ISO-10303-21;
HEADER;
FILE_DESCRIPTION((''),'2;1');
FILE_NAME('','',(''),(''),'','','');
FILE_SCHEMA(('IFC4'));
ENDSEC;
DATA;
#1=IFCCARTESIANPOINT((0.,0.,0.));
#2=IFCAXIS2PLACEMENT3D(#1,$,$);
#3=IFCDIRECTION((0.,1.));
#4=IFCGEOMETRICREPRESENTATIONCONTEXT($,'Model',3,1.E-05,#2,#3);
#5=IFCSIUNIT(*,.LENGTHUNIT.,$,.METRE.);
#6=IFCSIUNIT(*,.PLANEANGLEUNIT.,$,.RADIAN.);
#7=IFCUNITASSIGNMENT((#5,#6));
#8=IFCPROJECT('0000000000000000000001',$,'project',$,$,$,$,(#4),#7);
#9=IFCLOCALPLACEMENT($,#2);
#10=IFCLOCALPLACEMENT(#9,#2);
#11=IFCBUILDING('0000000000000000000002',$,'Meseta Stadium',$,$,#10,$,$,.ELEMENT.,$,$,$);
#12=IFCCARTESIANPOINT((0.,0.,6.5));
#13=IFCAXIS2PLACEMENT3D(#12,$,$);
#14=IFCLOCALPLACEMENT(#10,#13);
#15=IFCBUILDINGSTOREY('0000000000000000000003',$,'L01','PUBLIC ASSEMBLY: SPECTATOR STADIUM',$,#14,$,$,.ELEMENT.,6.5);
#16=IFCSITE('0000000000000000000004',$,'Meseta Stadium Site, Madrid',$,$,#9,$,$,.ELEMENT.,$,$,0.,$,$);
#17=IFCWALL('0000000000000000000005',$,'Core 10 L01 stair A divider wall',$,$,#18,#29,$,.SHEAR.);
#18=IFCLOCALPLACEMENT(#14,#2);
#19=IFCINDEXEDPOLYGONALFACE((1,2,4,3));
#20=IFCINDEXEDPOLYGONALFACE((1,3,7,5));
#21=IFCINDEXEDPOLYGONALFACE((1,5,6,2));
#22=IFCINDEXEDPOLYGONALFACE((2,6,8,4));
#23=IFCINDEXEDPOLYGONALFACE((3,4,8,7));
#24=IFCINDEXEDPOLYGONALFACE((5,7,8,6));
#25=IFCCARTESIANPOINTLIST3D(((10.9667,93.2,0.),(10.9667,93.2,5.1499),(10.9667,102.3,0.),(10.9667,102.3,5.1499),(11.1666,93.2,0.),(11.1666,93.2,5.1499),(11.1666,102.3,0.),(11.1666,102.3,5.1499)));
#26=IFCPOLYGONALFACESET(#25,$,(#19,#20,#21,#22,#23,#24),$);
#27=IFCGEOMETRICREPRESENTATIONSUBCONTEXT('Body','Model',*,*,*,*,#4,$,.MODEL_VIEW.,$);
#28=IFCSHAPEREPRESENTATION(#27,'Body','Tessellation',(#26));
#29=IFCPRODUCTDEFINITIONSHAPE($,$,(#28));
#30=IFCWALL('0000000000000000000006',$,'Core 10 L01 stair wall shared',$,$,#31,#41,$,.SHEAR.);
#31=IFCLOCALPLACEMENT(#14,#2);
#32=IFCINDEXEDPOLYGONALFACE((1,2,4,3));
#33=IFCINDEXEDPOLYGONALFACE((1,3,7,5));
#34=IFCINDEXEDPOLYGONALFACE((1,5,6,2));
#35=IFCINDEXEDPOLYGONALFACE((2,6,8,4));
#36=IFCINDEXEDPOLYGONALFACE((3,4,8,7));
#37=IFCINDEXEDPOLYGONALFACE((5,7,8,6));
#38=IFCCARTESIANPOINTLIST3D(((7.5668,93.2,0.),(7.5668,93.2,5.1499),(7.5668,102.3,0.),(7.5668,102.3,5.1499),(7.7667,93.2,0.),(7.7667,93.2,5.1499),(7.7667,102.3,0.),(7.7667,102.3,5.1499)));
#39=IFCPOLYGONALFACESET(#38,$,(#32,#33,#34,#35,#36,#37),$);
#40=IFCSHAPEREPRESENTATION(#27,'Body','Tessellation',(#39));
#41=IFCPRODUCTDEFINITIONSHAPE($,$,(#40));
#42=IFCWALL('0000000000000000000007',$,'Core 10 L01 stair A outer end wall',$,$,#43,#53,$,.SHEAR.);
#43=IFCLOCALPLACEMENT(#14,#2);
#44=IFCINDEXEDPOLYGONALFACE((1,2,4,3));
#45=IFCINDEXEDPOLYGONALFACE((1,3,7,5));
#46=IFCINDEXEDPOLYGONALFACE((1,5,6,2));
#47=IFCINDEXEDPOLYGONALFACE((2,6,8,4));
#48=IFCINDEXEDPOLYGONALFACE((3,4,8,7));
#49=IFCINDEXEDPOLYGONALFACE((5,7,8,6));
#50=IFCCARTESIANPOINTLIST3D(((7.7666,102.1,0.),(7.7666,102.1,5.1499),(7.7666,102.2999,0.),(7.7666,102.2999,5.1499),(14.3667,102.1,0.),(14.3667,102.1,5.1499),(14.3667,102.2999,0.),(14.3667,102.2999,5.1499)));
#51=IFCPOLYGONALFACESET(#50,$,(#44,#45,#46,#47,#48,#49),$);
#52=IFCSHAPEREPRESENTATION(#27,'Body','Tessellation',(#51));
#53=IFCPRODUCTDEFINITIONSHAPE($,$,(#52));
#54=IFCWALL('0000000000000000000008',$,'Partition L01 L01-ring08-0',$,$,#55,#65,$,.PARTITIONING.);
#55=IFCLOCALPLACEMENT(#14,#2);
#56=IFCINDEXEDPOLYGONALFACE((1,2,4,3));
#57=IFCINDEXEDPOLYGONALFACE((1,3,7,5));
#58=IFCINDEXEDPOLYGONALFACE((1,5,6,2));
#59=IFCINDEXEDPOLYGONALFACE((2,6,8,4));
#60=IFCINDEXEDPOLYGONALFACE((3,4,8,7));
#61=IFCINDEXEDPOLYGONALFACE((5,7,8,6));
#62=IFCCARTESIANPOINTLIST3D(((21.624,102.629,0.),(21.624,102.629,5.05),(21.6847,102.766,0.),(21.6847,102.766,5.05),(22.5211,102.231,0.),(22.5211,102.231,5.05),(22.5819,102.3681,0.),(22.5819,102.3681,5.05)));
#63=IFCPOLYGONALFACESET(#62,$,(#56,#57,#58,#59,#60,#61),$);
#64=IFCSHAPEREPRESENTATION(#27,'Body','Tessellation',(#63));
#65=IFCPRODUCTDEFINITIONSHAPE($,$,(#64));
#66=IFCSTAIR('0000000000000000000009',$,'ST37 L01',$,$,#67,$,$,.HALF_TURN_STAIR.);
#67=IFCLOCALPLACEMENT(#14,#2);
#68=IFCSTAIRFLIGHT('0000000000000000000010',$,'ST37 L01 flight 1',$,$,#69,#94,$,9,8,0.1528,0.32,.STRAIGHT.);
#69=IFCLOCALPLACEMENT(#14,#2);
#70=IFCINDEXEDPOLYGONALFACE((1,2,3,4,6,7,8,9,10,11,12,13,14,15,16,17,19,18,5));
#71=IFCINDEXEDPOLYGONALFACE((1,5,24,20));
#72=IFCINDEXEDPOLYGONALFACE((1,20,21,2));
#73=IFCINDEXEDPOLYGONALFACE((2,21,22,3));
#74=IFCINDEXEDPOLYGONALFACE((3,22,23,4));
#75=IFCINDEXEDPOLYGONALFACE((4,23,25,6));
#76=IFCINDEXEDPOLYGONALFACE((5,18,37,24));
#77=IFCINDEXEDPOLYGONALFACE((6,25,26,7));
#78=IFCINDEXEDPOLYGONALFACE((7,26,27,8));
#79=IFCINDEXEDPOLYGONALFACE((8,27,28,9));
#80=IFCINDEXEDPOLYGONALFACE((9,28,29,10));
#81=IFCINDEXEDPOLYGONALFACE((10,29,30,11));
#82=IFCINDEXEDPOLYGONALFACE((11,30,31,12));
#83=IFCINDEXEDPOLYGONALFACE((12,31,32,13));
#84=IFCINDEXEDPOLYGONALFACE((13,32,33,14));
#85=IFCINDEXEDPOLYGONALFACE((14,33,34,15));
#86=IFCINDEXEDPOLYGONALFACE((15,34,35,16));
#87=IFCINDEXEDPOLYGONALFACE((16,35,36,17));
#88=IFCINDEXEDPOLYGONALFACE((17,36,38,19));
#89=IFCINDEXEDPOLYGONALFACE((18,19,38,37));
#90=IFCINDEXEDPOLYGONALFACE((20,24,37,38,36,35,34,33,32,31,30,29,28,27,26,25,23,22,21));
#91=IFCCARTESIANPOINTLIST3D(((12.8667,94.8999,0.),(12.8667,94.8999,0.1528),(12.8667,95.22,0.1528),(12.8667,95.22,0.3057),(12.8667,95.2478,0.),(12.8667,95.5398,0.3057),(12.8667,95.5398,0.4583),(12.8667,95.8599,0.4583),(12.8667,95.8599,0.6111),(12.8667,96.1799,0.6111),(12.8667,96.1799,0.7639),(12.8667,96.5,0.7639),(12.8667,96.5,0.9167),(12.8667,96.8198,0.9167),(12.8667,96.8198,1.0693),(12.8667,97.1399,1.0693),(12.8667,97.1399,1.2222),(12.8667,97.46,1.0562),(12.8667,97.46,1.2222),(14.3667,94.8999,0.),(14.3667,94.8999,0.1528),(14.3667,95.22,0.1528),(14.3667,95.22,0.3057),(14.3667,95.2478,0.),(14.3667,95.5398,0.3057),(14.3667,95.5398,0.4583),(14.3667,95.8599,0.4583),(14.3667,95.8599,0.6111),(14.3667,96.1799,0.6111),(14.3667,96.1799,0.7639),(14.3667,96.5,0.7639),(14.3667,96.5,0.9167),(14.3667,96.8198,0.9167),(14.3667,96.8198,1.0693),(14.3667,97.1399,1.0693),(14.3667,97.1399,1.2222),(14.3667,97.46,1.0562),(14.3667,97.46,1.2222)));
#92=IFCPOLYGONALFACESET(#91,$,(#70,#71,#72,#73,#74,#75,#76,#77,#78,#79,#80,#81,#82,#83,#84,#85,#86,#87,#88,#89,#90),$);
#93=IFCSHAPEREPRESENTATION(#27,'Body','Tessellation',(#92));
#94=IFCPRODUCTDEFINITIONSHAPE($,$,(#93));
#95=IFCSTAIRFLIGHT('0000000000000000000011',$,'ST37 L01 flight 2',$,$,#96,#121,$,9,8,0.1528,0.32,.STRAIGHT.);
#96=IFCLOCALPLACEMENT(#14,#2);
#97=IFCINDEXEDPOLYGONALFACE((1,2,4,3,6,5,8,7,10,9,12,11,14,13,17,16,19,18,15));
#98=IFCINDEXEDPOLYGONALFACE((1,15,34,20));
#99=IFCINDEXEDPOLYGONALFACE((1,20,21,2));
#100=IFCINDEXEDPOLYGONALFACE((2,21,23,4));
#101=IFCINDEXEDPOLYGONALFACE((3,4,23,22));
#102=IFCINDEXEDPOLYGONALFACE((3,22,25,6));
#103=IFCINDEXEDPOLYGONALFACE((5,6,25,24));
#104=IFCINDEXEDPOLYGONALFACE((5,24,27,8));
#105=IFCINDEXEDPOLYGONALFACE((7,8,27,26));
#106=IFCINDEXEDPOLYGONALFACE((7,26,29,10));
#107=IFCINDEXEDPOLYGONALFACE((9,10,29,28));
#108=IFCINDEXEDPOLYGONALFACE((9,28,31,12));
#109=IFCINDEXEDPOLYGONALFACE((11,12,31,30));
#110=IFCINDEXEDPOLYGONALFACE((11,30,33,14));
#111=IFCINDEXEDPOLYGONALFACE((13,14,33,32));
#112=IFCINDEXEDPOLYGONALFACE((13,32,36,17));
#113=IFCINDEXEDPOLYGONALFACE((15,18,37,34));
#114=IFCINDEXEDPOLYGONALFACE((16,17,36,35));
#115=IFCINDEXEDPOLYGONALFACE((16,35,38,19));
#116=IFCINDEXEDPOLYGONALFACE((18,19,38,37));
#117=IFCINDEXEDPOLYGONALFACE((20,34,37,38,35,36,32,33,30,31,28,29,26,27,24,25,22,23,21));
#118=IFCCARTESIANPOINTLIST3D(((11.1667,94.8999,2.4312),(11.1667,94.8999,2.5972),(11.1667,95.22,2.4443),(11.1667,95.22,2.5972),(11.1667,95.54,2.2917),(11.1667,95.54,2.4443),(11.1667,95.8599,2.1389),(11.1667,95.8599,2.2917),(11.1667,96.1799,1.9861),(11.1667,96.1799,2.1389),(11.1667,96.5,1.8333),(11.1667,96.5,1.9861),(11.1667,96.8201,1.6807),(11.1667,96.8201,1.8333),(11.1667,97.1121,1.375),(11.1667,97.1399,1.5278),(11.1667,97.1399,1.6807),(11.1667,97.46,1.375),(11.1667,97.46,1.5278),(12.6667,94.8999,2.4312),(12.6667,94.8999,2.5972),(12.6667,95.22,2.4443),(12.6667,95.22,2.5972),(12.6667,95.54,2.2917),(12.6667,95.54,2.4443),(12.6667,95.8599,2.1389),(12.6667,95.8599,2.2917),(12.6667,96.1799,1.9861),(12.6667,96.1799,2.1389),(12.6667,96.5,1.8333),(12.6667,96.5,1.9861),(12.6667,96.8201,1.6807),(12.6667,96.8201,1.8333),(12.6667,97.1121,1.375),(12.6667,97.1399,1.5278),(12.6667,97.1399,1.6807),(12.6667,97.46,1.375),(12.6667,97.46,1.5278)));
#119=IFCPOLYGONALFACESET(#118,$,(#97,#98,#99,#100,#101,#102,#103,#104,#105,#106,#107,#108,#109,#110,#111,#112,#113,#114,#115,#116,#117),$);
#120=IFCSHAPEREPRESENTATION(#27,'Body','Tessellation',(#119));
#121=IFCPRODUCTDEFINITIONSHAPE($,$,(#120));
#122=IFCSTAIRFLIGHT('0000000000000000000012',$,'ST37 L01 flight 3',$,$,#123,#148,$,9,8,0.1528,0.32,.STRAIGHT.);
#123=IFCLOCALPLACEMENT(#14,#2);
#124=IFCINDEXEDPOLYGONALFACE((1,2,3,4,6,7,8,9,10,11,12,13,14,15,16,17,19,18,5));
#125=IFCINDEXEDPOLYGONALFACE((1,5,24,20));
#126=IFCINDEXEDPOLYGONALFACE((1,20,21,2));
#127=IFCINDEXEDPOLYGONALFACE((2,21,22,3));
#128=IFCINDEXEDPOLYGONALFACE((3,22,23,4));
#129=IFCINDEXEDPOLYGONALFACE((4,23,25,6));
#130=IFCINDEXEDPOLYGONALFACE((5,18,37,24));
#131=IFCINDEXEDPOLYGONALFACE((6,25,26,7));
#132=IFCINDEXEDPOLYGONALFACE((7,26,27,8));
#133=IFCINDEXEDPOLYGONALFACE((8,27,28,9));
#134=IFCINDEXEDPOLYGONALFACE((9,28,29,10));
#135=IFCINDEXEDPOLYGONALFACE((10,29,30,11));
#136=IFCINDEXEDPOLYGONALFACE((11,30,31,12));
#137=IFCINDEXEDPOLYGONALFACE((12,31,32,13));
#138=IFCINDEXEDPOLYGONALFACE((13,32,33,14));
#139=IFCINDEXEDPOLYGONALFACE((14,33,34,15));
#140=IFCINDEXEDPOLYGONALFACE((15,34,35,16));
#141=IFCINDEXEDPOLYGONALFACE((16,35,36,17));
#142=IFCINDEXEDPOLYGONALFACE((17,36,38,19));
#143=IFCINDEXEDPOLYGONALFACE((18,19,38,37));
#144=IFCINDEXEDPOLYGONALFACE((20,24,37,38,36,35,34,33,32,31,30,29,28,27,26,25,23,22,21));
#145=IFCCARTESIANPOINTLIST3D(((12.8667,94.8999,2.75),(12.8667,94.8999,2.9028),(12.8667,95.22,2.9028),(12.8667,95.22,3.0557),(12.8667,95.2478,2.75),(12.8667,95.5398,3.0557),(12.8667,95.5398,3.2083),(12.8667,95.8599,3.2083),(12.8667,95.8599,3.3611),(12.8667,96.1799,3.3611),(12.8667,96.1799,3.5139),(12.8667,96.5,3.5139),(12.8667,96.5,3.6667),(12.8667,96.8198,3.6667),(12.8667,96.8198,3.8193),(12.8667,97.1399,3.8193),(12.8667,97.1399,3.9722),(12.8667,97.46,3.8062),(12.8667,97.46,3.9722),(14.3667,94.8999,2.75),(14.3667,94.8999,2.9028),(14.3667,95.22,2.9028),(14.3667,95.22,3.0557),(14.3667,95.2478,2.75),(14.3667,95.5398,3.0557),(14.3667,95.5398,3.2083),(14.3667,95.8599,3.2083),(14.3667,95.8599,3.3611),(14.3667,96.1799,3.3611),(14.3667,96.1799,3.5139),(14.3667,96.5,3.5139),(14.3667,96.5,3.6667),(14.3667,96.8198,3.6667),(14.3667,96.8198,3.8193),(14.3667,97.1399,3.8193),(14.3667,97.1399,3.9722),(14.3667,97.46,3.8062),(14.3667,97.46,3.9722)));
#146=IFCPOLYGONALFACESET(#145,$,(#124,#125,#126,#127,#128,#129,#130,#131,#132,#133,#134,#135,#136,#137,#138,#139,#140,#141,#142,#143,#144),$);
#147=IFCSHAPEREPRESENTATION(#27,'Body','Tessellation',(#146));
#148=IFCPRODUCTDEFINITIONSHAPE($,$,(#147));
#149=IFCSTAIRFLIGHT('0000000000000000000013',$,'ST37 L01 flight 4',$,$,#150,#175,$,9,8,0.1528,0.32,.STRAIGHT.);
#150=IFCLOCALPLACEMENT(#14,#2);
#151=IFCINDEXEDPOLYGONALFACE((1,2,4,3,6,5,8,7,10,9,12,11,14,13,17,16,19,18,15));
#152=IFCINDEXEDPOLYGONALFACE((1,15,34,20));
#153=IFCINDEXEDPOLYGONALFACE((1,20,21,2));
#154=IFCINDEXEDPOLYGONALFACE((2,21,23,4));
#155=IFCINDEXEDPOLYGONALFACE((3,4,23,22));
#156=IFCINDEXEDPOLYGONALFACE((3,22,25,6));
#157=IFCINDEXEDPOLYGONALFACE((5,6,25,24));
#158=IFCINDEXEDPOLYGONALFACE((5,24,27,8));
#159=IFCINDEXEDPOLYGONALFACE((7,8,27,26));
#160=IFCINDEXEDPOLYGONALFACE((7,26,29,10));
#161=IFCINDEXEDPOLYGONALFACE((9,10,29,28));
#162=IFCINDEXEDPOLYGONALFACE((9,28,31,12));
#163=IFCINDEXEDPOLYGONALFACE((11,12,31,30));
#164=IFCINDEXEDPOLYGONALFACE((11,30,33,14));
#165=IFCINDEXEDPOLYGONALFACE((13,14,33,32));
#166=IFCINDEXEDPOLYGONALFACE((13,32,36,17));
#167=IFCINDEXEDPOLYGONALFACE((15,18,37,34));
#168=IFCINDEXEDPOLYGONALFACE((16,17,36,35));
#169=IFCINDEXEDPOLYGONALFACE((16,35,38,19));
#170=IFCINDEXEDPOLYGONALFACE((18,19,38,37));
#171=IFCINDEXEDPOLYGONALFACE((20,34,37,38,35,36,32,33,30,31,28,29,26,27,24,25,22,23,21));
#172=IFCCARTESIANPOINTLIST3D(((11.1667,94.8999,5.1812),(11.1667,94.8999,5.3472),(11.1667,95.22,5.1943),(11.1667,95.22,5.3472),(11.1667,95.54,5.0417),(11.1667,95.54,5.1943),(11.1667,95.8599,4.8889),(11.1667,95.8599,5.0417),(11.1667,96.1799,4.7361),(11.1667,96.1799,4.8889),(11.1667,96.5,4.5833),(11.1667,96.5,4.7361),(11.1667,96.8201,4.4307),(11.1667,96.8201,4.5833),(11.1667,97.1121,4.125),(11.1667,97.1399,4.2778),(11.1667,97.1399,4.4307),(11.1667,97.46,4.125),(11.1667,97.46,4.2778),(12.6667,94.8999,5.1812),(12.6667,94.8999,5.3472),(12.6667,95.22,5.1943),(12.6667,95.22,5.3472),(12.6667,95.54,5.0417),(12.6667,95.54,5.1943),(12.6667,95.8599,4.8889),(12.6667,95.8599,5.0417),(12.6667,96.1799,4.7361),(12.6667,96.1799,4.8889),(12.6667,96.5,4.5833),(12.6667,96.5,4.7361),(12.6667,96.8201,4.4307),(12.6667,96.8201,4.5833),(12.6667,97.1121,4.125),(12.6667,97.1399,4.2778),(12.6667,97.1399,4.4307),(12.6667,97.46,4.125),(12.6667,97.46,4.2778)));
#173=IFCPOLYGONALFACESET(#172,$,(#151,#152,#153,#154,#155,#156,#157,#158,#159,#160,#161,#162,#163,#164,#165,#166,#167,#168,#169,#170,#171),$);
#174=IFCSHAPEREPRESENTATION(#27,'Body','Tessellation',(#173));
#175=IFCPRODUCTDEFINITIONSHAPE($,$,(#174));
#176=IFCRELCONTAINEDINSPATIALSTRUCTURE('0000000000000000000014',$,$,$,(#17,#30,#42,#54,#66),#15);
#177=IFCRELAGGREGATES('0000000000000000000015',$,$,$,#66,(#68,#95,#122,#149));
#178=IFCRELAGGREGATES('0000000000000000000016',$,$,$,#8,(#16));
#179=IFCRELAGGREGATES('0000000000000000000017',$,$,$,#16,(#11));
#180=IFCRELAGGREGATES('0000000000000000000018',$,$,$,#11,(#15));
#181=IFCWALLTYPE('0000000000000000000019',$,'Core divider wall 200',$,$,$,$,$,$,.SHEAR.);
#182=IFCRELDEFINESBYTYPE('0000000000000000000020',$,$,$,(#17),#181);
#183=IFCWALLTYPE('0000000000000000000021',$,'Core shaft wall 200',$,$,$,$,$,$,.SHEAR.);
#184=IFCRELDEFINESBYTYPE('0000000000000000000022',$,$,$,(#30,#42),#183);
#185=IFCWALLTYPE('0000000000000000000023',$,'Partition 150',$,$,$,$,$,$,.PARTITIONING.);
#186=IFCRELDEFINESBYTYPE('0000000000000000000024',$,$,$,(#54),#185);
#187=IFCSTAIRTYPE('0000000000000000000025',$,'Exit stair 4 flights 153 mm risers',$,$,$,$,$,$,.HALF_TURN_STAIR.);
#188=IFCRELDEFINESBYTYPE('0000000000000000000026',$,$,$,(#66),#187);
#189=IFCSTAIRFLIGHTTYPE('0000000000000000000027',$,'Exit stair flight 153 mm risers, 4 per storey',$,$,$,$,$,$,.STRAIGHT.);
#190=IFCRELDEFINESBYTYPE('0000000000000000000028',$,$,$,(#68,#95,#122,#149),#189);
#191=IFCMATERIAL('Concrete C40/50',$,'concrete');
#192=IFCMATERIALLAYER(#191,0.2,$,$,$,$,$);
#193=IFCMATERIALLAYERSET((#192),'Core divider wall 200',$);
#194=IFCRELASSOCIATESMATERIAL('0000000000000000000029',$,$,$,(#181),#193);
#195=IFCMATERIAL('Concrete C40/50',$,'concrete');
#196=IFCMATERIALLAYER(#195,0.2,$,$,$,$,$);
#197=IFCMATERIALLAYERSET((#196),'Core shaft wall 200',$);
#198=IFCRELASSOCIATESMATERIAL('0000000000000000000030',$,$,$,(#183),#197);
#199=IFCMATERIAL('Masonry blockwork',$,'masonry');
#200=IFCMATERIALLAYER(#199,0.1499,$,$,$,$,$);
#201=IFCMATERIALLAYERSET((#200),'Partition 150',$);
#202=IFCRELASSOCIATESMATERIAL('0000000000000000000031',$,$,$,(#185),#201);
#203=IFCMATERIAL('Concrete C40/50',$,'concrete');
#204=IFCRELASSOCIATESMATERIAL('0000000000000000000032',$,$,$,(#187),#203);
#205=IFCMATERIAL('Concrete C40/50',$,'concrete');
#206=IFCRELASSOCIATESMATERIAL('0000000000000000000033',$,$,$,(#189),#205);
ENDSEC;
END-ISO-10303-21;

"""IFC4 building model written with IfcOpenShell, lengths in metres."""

from ifc_helpers import new_model, si_unit, direction, frame, frame_2d, origin, place, context, subcontext, project, spatial, polyline, rectangle, outline, extrude, material, layer, layer_set, type_object, element, aggregate, save


model = new_model("IFC4")

# Units and contexts
model_context = context("Model", 3, precision=1e-05, world=origin(), true_north=direction((0.0, 1.0)))
body_context = subcontext(model_context, "Body", "Model", "MODEL_VIEW")
ifc_project = project(units=[si_unit("LENGTHUNIT", "METRE"), si_unit("PLANEANGLEUNIT", "RADIAN")], contexts=[model_context])

# Site, building, storey
site_placement = place(None, origin())
site = spatial("IfcSite", under=ifc_project, at=site_placement, Name="Meseta Stadium Site, Madrid", CompositionType="ELEMENT", RefElevation=0.0)
building_placement = place(site_placement, origin())
building = spatial("IfcBuilding", under=site, at=building_placement, Name="Meseta Stadium", CompositionType="ELEMENT")
storey_placement = place(building_placement, frame((0.0, 0.0, 6.5)))
storey = spatial("IfcBuildingStorey", under=building, at=storey_placement, Name="L01", Description="PUBLIC ASSEMBLY: SPECTATOR STADIUM", CompositionType="ELEMENT", Elevation=6.5)

# Walls
ifc_material_1 = material(Name="Concrete C40/50", Category="concrete")
ifc_layer_1 = layer(ifc_material_1, 0.2)
ifc_layer_set_1 = layer_set([ifc_layer_1], Name="Core divider wall 200")
wall_type_1 = type_object("IfcWallType", Name="Core divider wall 200", PredefinedType="SHEAR", material=ifc_layer_set_1)
wall_1_placement = place(storey_placement, frame((11.0667, 102.3, 0.0), z_axis=(0.0, 0.0, 1.0), x_axis=(0.0, -1.0, 0.0)))
element("IfcWall", 1, at=wall_1_placement, inside=storey, type_object=wall_type_1, Name="Core 10 L01 stair A divider wall", PredefinedType="SHEAR", context=body_context, shape_type="SweptSolid", body=[
    extrude(rectangle(XDim=9.1001, YDim=0.2, at=frame_2d((4.55, 0.0))), origin(), (0.0, 0.0, 1.0), 5.1499),
])
ifc_material_2 = material(Name="Concrete C40/50", Category="concrete")
ifc_layer_2 = layer(ifc_material_2, 0.2)
ifc_layer_set_2 = layer_set([ifc_layer_2], Name="Core shaft wall 200")
wall_type_2 = type_object("IfcWallType", Name="Core shaft wall 200", PredefinedType="SHEAR", material=ifc_layer_set_2)
wall_2_placement = place(storey_placement, frame((7.6667, 102.3, 0.0), z_axis=(0.0, 0.0, 1.0), x_axis=(0.0, -1.0, 0.0)))
element("IfcWall", 2, at=wall_2_placement, inside=storey, type_object=wall_type_2, Name="Core 10 L01 stair wall shared", PredefinedType="SHEAR", context=body_context, shape_type="SweptSolid", body=[
    extrude(rectangle(XDim=9.1001, YDim=0.2, at=frame_2d((4.55, 0.0))), origin(), (0.0, 0.0, 1.0), 5.1499),
])
wall_3_placement = place(storey_placement, frame((14.3667, 102.2, 0.0), z_axis=(0.0, 0.0, 1.0), x_axis=(-1.0, 0.0, 0.0)))
element("IfcWall", 3, at=wall_3_placement, inside=storey, type_object=wall_type_2, Name="Core 10 L01 stair A outer end wall", PredefinedType="SHEAR", context=body_context, shape_type="SweptSolid", body=[
    extrude(rectangle(XDim=6.6001, YDim=0.2, at=frame_2d((3.3, 0.0))), origin(), (0.0, 0.0, 1.0), 5.1499),
])
ifc_material_3 = material(Name="Masonry blockwork", Category="masonry")
ifc_layer_3 = layer(ifc_material_3, 0.1499)
ifc_layer_set_3 = layer_set([ifc_layer_3], Name="Partition 150")
wall_type_3 = type_object("IfcWallType", Name="Partition 150", PredefinedType="PARTITIONING", material=ifc_layer_set_3)
wall_4_placement = place(storey_placement, frame((22.5515, 102.2996, 0.0), z_axis=(0.0, 0.0, 1.0), x_axis=(-0.914119, 0.405446, 0.0)))
element("IfcWall", 4, at=wall_4_placement, inside=storey, type_object=wall_type_3, Name="Partition L01 L01-ring08-0", PredefinedType="PARTITIONING", context=body_context, shape_type="SweptSolid", body=[
    extrude(rectangle(XDim=0.9814, YDim=0.1499, at=frame_2d((0.4907, 0.0))), origin(), (0.0, 0.0, 1.0), 5.05),
])

# Stair, stair flights
ifc_material_4 = material(Name="Concrete C40/50", Category="concrete")
stair_type = type_object("IfcStairType", Name="Exit stair 4 flights 153 mm risers", PredefinedType="HALF_TURN_STAIR", material=ifc_material_4)
stair_1_placement = place(storey_placement, origin())
stair_1 = element("IfcStair", 5, at=stair_1_placement, inside=storey, type_object=stair_type, Name="ST37 L01", PredefinedType="HALF_TURN_STAIR")
ifc_material_5 = material(Name="Concrete C40/50", Category="concrete")
stair_flight_type = type_object("IfcStairFlightType", Name="Exit stair flight 153 mm risers, 4 per storey", PredefinedType="STRAIGHT", material=ifc_material_5)
stair_flight_1_placement = place(storey_placement, frame((13.6167, 94.8999, 0.0), z_axis=(0.0, 0.0, 1.0), x_axis=(0.0, 1.0, 0.0)))
stair_flight_1 = element("IfcStairFlight", 6, at=stair_flight_1_placement, type_object=stair_flight_type, Name="ST37 L01 flight 1", NumberOfRisers=9, NumberOfTreads=8, PredefinedType="STRAIGHT", RiserHeight=0.1528, TreadLength=0.32, context=body_context, shape_type="SweptSolid", body=[
    extrude(outline(polyline([(0.0, 0.0), (0.0, 0.1528), (0.3201, 0.1528), (0.3201, 0.3057), (0.6399, 0.3057), (0.6399, 0.4583), (0.96, 0.4583), (0.96, 0.6111), (1.28, 0.6111), (1.28, 0.7639), (1.6001, 0.7639), (1.6001, 0.9167), (1.9199, 0.9167), (1.9199, 1.0693), (2.24, 1.0693), (2.24, 1.2222), (2.5601, 1.2222), (2.5601, 1.0562), (0.3479, 0.0), (0.0, 0.0)])), frame((0.0, 0.75, 0.0), z_axis=(0.0, -1.0, 0.0), x_axis=(1.0, 0.0, 0.0)), (0.0, 0.0, 1.0), 1.5),
])
stair_flight_2_placement = place(storey_placement, frame((11.9167, 97.46, 1.375), z_axis=(0.0, 0.0, 1.0), x_axis=(0.0, -1.0, 0.0)))
stair_flight_2 = element("IfcStairFlight", 7, at=stair_flight_2_placement, type_object=stair_flight_type, Name="ST37 L01 flight 2", NumberOfRisers=9, NumberOfTreads=8, PredefinedType="STRAIGHT", RiserHeight=0.1528, TreadLength=0.32, context=body_context, shape_type="SweptSolid", body=[
    extrude(outline(polyline([(0.0, 0.0), (0.0, 0.1528), (0.3201, 0.1528), (0.3201, 0.3057), (0.6399, 0.3057), (0.6399, 0.4583), (0.96, 0.4583), (0.96, 0.6111), (1.28, 0.6111), (1.28, 0.7639), (1.6001, 0.7639), (1.6001, 0.9167), (1.9199, 0.9167), (1.9199, 1.0693), (2.24, 1.0693), (2.24, 1.2222), (2.5601, 1.2222), (2.5601, 1.0562), (0.3479, 0.0), (0.0, 0.0)])), frame((0.0, 0.75, 0.0), z_axis=(0.0, -1.0, 0.0), x_axis=(1.0, 0.0, 0.0)), (0.0, 0.0, 1.0), 1.5),
])
stair_flight_3_placement = place(storey_placement, frame((13.6167, 94.8999, 2.75), z_axis=(0.0, 0.0, 1.0), x_axis=(0.0, 1.0, 0.0)))
stair_flight_3 = element("IfcStairFlight", 8, at=stair_flight_3_placement, type_object=stair_flight_type, Name="ST37 L01 flight 3", NumberOfRisers=9, NumberOfTreads=8, PredefinedType="STRAIGHT", RiserHeight=0.1528, TreadLength=0.32, context=body_context, shape_type="SweptSolid", body=[
    extrude(outline(polyline([(0.0, 0.0), (0.0, 0.1528), (0.3201, 0.1528), (0.3201, 0.3057), (0.6399, 0.3057), (0.6399, 0.4583), (0.96, 0.4583), (0.96, 0.6111), (1.28, 0.6111), (1.28, 0.7639), (1.6001, 0.7639), (1.6001, 0.9167), (1.9199, 0.9167), (1.9199, 1.0693), (2.24, 1.0693), (2.24, 1.2222), (2.5601, 1.2222), (2.5601, 1.0562), (0.3479, 0.0), (0.0, 0.0)])), frame((0.0, 0.75, 0.0), z_axis=(0.0, -1.0, 0.0), x_axis=(1.0, 0.0, 0.0)), (0.0, 0.0, 1.0), 1.5),
])
stair_flight_4_placement = place(storey_placement, frame((11.9167, 97.46, 4.125), z_axis=(0.0, 0.0, 1.0), x_axis=(0.0, -1.0, 0.0)))
stair_flight_4 = element("IfcStairFlight", 9, at=stair_flight_4_placement, type_object=stair_flight_type, Name="ST37 L01 flight 4", NumberOfRisers=9, NumberOfTreads=8, PredefinedType="STRAIGHT", RiserHeight=0.1528, TreadLength=0.32, context=body_context, shape_type="SweptSolid", body=[
    extrude(outline(polyline([(0.0, 0.0), (0.0, 0.1528), (0.3201, 0.1528), (0.3201, 0.3057), (0.6399, 0.3057), (0.6399, 0.4583), (0.96, 0.4583), (0.96, 0.6111), (1.28, 0.6111), (1.28, 0.7639), (1.6001, 0.7639), (1.6001, 0.9167), (1.9199, 0.9167), (1.9199, 1.0693), (2.24, 1.0693), (2.24, 1.2222), (2.5601, 1.2222), (2.5601, 1.0562), (0.3479, 0.0), (0.0, 0.0)])), frame((0.0, 0.75, 0.0), z_axis=(0.0, -1.0, 0.0), x_axis=(1.0, 0.0, 0.0)), (0.0, 0.0, 1.0), 1.5),
])
aggregate(stair_1, [stair_flight_1, stair_flight_2, stair_flight_3, stair_flight_4])

save(model, "model.ifc")
